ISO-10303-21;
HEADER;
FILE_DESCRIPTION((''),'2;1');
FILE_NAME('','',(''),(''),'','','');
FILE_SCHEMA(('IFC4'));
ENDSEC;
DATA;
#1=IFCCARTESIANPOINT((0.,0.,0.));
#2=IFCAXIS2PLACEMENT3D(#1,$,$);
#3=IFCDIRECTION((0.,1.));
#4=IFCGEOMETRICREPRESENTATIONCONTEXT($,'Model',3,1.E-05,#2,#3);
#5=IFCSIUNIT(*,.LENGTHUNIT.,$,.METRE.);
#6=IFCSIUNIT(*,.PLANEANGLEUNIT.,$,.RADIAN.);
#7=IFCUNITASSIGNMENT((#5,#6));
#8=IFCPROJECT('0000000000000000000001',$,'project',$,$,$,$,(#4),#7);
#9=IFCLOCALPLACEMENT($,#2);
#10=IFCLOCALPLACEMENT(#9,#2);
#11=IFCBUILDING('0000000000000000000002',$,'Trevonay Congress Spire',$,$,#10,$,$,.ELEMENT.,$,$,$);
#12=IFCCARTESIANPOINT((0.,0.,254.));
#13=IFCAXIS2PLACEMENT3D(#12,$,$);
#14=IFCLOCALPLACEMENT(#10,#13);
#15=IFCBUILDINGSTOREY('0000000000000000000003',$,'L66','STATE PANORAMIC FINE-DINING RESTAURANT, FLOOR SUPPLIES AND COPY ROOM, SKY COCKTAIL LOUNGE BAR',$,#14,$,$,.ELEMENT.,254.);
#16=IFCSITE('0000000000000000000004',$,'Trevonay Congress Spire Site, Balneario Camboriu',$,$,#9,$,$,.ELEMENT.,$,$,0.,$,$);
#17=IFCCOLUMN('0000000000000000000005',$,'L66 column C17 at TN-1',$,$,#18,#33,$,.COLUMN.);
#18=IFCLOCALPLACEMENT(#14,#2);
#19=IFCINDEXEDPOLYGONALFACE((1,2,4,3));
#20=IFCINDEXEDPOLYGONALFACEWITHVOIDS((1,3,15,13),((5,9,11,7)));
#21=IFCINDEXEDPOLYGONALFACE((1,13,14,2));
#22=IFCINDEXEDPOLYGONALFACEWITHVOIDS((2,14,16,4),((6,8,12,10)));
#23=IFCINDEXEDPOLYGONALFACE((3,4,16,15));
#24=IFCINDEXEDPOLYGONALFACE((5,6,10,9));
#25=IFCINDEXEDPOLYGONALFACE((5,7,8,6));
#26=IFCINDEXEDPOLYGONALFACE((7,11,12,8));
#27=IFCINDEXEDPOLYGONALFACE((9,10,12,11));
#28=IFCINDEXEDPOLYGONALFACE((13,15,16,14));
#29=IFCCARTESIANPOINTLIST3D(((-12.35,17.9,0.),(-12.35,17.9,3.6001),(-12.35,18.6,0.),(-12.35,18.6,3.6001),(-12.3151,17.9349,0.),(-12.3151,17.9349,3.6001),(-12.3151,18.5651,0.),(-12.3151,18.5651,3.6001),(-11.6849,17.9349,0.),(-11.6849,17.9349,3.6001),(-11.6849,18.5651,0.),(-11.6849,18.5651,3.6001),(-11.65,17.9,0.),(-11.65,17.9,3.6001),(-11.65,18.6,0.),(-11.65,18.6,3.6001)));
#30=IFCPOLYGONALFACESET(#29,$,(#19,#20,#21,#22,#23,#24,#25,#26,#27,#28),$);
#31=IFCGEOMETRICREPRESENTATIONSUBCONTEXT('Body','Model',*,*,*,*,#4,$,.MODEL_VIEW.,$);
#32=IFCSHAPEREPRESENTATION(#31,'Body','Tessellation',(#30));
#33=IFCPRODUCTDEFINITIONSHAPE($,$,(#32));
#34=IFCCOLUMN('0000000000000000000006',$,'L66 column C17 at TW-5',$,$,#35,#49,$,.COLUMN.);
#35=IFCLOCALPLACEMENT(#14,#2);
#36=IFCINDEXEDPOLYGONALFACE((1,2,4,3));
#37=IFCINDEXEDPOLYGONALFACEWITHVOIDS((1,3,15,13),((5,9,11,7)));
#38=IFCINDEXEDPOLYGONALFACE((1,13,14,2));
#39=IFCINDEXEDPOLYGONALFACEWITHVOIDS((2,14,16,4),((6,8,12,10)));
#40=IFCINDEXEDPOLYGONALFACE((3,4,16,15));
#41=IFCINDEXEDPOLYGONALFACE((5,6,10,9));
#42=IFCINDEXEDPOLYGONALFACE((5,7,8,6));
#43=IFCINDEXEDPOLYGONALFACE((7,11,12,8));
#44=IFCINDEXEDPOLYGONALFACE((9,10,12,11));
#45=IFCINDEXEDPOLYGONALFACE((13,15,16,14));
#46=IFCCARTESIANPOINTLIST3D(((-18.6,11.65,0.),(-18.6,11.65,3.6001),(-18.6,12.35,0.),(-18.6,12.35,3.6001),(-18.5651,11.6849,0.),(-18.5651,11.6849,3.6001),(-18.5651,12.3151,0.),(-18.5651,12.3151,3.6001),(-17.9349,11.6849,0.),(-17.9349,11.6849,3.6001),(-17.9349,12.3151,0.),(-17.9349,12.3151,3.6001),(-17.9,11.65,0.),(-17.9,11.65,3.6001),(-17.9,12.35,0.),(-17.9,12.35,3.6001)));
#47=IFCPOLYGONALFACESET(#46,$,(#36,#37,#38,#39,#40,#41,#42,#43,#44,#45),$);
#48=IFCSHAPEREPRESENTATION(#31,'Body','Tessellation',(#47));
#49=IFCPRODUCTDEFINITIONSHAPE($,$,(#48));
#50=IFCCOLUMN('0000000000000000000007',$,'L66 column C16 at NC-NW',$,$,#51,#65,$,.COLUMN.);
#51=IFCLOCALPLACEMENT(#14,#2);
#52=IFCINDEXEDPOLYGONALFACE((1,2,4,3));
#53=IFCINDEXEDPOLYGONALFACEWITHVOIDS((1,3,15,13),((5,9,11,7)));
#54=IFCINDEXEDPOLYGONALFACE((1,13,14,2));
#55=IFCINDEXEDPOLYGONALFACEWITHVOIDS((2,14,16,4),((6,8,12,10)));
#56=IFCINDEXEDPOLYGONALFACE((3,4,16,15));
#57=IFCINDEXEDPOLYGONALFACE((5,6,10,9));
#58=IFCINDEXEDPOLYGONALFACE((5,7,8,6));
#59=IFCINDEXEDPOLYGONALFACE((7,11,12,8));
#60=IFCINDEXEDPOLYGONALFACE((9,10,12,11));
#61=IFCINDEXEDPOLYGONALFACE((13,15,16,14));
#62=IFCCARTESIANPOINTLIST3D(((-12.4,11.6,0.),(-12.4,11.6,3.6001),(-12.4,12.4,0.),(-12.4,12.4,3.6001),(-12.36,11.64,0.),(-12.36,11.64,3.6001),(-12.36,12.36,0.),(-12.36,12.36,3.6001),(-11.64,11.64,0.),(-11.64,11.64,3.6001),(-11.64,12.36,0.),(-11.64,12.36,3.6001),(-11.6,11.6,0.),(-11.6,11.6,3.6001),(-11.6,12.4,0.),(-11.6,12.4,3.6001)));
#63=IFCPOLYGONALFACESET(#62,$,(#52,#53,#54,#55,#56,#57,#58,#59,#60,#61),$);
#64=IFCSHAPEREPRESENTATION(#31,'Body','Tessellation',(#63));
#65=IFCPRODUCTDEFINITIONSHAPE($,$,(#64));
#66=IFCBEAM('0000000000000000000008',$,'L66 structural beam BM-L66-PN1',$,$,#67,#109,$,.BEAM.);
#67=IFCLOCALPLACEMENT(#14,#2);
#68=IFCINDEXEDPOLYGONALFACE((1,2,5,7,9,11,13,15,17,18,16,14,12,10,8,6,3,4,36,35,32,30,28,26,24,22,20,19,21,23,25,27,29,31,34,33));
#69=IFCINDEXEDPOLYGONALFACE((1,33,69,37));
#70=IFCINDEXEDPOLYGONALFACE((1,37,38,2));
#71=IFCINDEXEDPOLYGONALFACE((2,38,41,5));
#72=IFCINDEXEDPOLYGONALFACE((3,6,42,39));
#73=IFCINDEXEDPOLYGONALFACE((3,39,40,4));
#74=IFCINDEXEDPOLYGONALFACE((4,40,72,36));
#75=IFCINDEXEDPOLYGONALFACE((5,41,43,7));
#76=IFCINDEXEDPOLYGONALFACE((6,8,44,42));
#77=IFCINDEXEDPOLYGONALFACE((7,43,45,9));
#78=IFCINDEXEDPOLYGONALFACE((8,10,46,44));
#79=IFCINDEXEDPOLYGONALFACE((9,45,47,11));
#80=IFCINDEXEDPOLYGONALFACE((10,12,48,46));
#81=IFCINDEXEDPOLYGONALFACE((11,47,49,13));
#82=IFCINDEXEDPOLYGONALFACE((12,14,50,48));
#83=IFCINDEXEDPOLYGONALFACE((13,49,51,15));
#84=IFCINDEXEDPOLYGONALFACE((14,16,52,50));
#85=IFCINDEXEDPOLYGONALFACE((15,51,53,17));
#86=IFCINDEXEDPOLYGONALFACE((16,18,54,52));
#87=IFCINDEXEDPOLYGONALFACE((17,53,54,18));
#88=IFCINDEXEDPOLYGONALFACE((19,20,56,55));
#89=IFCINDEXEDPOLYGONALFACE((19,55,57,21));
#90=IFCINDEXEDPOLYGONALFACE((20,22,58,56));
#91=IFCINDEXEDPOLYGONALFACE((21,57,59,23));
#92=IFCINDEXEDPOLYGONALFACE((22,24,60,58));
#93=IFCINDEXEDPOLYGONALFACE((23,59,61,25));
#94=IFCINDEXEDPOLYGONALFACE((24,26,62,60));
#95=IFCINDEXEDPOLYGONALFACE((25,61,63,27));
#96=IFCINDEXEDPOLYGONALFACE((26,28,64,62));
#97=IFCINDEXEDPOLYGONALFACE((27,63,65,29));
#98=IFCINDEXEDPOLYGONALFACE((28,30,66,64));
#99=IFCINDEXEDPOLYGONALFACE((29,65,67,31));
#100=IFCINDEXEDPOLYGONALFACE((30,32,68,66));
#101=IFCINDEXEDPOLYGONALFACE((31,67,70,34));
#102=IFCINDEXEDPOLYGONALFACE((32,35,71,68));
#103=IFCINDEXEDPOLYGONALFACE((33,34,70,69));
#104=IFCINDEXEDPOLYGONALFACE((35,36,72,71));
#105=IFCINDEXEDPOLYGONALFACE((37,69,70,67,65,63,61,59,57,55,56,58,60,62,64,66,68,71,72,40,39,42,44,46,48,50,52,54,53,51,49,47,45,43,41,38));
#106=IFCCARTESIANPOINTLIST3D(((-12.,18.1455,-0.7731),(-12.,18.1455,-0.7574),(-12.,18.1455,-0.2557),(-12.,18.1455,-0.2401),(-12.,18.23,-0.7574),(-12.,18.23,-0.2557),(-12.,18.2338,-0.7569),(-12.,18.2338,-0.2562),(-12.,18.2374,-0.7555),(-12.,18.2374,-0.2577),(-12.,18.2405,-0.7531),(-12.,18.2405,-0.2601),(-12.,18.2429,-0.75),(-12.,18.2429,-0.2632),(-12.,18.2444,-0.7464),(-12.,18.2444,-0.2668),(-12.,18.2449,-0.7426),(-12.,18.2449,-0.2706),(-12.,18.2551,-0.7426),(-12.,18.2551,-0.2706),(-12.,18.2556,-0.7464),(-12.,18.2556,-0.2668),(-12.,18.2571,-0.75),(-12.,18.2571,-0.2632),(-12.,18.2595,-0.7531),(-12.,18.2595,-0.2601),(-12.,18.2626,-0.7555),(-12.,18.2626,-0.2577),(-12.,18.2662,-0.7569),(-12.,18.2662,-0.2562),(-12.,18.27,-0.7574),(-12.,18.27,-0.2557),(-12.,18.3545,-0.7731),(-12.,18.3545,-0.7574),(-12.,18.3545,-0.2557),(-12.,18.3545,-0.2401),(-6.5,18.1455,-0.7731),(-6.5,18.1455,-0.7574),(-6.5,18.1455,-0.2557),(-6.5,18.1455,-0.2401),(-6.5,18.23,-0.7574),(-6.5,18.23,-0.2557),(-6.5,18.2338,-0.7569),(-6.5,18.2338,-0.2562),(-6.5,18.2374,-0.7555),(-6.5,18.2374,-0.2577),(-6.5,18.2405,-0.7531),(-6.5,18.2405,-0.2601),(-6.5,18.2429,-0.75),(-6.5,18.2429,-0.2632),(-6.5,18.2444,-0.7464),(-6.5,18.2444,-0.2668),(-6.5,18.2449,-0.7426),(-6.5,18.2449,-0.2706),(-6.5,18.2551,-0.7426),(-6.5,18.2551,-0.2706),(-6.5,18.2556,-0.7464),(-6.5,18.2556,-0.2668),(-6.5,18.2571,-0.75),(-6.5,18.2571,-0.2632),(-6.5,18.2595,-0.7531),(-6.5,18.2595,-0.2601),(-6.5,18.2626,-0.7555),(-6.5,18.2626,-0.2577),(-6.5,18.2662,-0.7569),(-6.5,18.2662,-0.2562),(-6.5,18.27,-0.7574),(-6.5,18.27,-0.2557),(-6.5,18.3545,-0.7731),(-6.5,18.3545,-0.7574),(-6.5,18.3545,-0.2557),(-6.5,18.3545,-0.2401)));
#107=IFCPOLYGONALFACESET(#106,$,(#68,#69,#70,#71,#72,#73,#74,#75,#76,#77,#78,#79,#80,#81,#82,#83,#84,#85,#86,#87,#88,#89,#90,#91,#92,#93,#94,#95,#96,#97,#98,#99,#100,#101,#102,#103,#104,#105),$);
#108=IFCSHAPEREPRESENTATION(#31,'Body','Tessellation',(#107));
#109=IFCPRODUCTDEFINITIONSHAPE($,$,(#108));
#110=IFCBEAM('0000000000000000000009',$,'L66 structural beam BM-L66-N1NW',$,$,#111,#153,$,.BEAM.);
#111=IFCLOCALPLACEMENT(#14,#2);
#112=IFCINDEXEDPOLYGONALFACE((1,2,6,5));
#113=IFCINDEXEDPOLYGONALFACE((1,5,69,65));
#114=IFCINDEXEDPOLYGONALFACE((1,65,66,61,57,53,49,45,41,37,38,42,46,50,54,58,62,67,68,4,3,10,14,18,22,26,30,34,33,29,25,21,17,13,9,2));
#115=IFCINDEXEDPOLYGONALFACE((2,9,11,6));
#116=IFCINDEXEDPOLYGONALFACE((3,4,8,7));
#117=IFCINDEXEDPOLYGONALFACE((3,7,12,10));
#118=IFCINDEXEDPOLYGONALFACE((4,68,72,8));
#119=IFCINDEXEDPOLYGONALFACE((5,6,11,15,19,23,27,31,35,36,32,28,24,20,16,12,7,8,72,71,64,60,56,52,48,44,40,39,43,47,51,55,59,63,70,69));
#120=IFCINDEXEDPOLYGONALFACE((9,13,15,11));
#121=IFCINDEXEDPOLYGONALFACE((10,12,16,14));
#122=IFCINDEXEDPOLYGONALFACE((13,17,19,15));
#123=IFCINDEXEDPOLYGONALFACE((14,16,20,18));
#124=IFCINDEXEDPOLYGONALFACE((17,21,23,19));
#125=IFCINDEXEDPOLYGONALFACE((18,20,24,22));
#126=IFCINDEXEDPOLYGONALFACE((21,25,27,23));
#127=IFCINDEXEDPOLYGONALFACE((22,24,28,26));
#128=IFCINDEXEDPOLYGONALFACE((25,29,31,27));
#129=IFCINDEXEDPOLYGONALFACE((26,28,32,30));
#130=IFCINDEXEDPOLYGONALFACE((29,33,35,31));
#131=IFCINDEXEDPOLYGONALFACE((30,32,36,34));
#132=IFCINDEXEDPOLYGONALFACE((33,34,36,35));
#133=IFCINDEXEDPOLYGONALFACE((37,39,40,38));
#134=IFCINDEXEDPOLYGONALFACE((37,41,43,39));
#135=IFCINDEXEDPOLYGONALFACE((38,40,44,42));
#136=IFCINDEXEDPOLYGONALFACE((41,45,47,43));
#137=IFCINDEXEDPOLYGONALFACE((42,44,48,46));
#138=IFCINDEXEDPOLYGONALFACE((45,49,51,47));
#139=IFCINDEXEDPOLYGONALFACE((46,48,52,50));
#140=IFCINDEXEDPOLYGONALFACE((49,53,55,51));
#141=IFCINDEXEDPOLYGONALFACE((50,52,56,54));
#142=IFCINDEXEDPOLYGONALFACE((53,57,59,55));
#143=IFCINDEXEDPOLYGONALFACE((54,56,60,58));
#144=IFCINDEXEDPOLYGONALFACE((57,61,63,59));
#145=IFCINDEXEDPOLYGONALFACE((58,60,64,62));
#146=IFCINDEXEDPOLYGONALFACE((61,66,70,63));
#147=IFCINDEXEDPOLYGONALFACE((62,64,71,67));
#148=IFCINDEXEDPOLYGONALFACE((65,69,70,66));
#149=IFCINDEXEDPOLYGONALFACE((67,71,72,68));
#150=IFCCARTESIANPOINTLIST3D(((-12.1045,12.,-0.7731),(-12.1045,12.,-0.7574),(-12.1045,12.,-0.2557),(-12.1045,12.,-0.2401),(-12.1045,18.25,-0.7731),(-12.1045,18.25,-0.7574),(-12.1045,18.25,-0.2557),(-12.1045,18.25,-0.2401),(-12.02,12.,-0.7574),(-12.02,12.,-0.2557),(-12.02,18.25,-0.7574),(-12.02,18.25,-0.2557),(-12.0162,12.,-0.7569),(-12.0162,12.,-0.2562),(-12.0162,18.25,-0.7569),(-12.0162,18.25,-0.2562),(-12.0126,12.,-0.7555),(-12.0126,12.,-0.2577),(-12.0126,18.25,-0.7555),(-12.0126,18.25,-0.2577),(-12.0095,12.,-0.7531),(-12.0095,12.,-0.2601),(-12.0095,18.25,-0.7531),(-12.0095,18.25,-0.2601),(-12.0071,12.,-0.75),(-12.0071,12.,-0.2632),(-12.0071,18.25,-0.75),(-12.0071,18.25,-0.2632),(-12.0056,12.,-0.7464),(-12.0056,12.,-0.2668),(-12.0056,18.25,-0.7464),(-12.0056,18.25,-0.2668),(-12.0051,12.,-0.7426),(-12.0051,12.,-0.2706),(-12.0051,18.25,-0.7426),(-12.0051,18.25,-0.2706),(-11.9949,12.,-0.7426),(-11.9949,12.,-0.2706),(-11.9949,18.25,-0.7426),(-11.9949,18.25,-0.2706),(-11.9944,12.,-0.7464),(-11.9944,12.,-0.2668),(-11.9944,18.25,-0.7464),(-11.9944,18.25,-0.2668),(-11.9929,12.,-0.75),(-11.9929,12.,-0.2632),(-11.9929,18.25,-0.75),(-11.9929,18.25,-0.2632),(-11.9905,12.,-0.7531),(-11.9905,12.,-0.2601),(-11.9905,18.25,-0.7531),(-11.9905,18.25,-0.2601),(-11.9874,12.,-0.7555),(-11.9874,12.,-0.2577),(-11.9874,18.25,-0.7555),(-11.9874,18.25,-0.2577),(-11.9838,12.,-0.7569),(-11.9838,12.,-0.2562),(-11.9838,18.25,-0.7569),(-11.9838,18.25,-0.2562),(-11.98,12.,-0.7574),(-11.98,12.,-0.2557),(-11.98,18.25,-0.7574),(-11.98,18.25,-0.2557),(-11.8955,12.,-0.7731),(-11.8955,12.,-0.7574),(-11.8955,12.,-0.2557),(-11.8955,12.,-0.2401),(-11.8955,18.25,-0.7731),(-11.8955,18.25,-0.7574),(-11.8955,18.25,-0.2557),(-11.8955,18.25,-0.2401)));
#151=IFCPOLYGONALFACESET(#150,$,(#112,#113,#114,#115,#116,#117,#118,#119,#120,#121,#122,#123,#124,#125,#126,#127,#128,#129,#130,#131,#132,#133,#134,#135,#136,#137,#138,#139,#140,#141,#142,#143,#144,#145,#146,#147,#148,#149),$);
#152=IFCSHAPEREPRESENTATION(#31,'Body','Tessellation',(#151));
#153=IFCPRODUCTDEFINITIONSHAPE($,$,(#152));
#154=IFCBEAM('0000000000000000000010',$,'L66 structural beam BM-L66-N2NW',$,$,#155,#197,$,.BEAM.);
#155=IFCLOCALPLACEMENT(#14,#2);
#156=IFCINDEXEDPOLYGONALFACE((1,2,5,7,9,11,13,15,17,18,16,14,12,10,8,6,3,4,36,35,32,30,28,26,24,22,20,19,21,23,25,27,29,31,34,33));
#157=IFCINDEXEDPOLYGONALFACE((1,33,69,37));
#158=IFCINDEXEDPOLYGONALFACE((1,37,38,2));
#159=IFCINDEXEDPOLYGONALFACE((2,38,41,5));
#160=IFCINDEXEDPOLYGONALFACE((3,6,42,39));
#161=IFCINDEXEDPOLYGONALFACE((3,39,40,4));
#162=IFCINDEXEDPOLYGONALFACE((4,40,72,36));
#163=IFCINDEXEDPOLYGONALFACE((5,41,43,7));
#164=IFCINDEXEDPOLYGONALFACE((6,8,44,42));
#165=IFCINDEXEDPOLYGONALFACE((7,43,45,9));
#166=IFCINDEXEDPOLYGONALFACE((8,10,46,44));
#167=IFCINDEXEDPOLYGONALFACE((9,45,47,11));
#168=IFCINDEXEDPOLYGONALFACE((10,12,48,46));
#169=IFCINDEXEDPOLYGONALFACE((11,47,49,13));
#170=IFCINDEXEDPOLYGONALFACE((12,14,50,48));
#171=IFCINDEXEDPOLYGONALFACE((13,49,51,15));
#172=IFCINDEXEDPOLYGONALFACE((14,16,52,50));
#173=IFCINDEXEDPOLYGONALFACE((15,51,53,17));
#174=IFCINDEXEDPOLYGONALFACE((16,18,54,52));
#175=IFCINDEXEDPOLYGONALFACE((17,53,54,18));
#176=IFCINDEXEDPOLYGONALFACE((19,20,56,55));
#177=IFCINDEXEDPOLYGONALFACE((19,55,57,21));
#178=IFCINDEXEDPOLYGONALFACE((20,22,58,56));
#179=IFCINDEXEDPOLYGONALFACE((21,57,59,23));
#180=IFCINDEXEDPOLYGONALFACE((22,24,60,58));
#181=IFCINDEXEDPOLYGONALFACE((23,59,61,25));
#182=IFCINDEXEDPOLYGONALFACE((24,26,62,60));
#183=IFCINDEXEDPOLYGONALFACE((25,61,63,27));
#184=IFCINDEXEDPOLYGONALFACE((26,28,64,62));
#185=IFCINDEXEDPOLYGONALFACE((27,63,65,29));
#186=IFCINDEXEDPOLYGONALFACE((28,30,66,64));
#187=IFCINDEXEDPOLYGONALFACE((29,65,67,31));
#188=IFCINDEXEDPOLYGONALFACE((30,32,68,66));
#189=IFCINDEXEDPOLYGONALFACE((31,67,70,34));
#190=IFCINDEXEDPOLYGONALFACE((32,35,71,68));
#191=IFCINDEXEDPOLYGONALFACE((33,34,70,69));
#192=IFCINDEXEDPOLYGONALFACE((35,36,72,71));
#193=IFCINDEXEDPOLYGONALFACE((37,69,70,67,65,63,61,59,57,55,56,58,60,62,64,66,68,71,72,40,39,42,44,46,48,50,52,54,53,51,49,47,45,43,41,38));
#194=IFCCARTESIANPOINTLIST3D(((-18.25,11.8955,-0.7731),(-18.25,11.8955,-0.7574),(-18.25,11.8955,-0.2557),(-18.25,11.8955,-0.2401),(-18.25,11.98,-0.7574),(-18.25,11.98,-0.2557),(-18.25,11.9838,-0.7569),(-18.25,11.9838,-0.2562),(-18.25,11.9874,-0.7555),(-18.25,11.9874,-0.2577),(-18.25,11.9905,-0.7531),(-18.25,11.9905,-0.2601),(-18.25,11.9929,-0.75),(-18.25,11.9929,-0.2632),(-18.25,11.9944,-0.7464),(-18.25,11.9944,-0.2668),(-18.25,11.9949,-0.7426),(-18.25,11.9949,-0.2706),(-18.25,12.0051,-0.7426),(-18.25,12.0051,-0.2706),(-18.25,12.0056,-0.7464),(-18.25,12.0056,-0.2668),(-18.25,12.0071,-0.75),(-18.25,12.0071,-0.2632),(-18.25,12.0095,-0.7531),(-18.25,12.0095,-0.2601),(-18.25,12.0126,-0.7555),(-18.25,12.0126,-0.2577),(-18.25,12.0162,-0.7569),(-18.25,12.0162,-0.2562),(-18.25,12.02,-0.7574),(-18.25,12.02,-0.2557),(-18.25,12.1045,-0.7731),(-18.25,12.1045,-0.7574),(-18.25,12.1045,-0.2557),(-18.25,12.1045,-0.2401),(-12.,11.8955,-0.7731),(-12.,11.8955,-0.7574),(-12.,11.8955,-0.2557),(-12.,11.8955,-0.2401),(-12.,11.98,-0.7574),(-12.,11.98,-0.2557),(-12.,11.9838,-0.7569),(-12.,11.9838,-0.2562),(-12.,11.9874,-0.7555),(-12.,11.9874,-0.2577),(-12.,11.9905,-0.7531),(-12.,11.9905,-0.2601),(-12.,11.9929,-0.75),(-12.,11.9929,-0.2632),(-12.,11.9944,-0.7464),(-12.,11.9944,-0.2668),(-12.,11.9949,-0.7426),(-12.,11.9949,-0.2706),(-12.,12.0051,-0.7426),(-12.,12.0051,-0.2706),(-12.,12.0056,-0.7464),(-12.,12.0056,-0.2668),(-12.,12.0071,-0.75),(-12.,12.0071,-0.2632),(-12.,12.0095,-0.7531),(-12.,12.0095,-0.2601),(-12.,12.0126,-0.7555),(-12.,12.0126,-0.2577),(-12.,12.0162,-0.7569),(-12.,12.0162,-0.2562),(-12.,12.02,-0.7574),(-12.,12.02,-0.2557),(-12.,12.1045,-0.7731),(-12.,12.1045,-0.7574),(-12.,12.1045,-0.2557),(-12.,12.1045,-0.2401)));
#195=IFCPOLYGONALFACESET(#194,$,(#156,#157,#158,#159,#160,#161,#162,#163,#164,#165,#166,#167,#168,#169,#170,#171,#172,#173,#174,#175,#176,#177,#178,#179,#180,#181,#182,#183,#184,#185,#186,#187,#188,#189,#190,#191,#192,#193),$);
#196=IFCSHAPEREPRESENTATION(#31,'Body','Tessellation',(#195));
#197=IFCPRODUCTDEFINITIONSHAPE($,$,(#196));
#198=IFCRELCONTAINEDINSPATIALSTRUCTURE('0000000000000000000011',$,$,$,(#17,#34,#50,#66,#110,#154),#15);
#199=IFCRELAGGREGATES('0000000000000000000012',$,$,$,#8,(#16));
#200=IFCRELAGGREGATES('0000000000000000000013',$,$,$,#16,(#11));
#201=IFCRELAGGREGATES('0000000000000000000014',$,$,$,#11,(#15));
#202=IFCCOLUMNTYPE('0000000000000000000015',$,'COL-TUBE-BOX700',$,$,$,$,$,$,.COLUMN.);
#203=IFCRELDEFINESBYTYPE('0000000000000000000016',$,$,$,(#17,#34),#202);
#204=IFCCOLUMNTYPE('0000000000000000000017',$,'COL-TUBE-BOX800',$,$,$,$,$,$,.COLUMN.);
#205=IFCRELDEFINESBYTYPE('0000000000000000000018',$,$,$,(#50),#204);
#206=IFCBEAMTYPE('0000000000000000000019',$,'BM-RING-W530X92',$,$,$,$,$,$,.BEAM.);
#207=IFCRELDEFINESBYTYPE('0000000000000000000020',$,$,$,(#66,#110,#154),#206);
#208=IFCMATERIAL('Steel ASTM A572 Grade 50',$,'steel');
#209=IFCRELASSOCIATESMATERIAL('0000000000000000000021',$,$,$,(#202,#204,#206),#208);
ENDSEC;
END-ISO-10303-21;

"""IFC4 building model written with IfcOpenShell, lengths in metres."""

from ifc_helpers import new_model, si_unit, direction, frame, origin, origin_2d, place, context, subcontext, project, spatial, hollow_rectangle, i_section, extrude, material, material_profile, profile_set, type_object, element, save


model = new_model("IFC4")

# Units and contexts
model_context = context("Model", 3, precision=1e-05, world=origin(), true_north=direction((0.0, 1.0)))
body_context = subcontext(model_context, "Body", "Model", "MODEL_VIEW")
ifc_project = project(units=[si_unit("LENGTHUNIT", "METRE"), si_unit("PLANEANGLEUNIT", "RADIAN")], contexts=[model_context])

# Site, building, storey
site_placement = place(None, origin())
site = spatial("IfcSite", under=ifc_project, at=site_placement, Name="Trevonay Congress Spire Site, Balneario Camboriu", CompositionType="ELEMENT", RefElevation=0.0)
building_placement = place(site_placement, origin())
building = spatial("IfcBuilding", under=site, at=building_placement, Name="Trevonay Congress Spire", CompositionType="ELEMENT")
storey_placement = place(building_placement, frame((0.0, 0.0, 254.0)))
storey = spatial("IfcBuildingStorey", under=building, at=storey_placement, Name="L66", Description="STATE PANORAMIC FINE-DINING RESTAURANT, FLOOR SUPPLIES AND COPY ROOM, SKY COCKTAIL LOUNGE BAR", CompositionType="ELEMENT", Elevation=254.0)

# Columns
ifc_material_1 = material(Name="Steel ASTM A572 Grade 50", Category="steel")
ifc_material_profile_1 = material_profile(ifc_material_1, hollow_rectangle(XDim=0.7, YDim=0.7, WallThickness=0.0349, at=origin_2d()), Name="BOX 700x700x35")
ifc_profile_set_1 = profile_set([ifc_material_profile_1], Name="Steel ASTM A572 Grade 50")
column_type_1 = type_object("IfcColumnType", Name="COL-TUBE-BOX700", PredefinedType="COLUMN", material=ifc_profile_set_1)
for number, where, z_axis, x_axis, name in (
    (1, (-12.0, 18.25, 0.0), (0.0, 0.0, 1.0), (1.0, 0.0, 0.0), "L66 column C17 at TN-1"),
    (2, (-18.25, 12.0, 0.0), (0.0, 0.0, 1.0), (1.0, 0.0, 0.0), "L66 column C17 at TW-5"),
):
    element("IfcColumn", number, at=place(storey_placement, frame(where, z_axis=z_axis, x_axis=x_axis)), inside=storey, type_object=column_type_1, Name=name, PredefinedType="COLUMN", context=body_context, shape_type="SweptSolid", body=[
        extrude(hollow_rectangle(XDim=0.7, YDim=0.7, WallThickness=0.0349, at=origin_2d()), origin(), (0.0, 0.0, 1.0), 3.6001),
    ])
ifc_material_profile_2 = material_profile(ifc_material_1, hollow_rectangle(XDim=0.8, YDim=0.8, WallThickness=0.04, at=origin_2d()), Name="BOX 800x800x40")
ifc_profile_set_2 = profile_set([ifc_material_profile_2], Name="Steel ASTM A572 Grade 50")
column_type_2 = type_object("IfcColumnType", Name="COL-TUBE-BOX800", PredefinedType="COLUMN", material=ifc_profile_set_2)
column_placement = place(storey_placement, frame((-12.0, 12.0, 0.0), z_axis=(0.0, 0.0, 1.0), x_axis=(1.0, 0.0, 0.0)))
element("IfcColumn", 3, at=column_placement, inside=storey, type_object=column_type_2, Name="L66 column C16 at NC-NW", PredefinedType="COLUMN", context=body_context, shape_type="SweptSolid", body=[
    extrude(hollow_rectangle(XDim=0.8, YDim=0.8, WallThickness=0.04, at=origin_2d()), origin(), (0.0, 0.0, 1.0), 3.6001),
])

# Beams
ifc_material_profile_3 = material_profile(ifc_material_1, i_section(OverallWidth=0.209, OverallDepth=0.533, WebThickness=0.0103, FlangeThickness=0.0156, FilletRadius=0.0149, at=origin_2d()), Name="W530x92")
ifc_profile_set_3 = profile_set([ifc_material_profile_3], Name="Steel ASTM A572 Grade 50")
beam_type = type_object("IfcBeamType", Name="BM-RING-W530X92", PredefinedType="BEAM", material=ifc_profile_set_3)
beam_placement = place(storey_placement, frame((-12.0, 18.25, -0.5066), z_axis=(1.0, 0.0, 0.0), x_axis=(0.0, 1.0, 0.0)))
element("IfcBeam", 4, at=beam_placement, inside=storey, type_object=beam_type, Name="L66 structural beam BM-L66-PN1", PredefinedType="BEAM", context=body_context, shape_type="SweptSolid", body=[
    extrude(i_section(OverallWidth=0.209, OverallDepth=0.533, WebThickness=0.0103, FlangeThickness=0.0156, FilletRadius=0.0149, at=origin_2d()), origin(), (0.0, 0.0, 1.0), 5.5),
])
for number, where, z_axis, x_axis, name in (
    (5, (-12.0, 18.25, -0.5066), (0.0, -1.0, 0.0), (1.0, 0.0, 0.0), "L66 structural beam BM-L66-N1NW"),
    (6, (-18.25, 12.0, -0.5066), (1.0, 0.0, 0.0), (0.0, 1.0, 0.0), "L66 structural beam BM-L66-N2NW"),
):
    element("IfcBeam", number, at=place(storey_placement, frame(where, z_axis=z_axis, x_axis=x_axis)), inside=storey, type_object=beam_type, Name=name, PredefinedType="BEAM", context=body_context, shape_type="SweptSolid", body=[
        extrude(i_section(OverallWidth=0.209, OverallDepth=0.533, WebThickness=0.0103, FlangeThickness=0.0156, FilletRadius=0.0149, at=origin_2d()), origin(), (0.0, 0.0, 1.0), 6.25),
    ])

save(model, "model.ifc")
